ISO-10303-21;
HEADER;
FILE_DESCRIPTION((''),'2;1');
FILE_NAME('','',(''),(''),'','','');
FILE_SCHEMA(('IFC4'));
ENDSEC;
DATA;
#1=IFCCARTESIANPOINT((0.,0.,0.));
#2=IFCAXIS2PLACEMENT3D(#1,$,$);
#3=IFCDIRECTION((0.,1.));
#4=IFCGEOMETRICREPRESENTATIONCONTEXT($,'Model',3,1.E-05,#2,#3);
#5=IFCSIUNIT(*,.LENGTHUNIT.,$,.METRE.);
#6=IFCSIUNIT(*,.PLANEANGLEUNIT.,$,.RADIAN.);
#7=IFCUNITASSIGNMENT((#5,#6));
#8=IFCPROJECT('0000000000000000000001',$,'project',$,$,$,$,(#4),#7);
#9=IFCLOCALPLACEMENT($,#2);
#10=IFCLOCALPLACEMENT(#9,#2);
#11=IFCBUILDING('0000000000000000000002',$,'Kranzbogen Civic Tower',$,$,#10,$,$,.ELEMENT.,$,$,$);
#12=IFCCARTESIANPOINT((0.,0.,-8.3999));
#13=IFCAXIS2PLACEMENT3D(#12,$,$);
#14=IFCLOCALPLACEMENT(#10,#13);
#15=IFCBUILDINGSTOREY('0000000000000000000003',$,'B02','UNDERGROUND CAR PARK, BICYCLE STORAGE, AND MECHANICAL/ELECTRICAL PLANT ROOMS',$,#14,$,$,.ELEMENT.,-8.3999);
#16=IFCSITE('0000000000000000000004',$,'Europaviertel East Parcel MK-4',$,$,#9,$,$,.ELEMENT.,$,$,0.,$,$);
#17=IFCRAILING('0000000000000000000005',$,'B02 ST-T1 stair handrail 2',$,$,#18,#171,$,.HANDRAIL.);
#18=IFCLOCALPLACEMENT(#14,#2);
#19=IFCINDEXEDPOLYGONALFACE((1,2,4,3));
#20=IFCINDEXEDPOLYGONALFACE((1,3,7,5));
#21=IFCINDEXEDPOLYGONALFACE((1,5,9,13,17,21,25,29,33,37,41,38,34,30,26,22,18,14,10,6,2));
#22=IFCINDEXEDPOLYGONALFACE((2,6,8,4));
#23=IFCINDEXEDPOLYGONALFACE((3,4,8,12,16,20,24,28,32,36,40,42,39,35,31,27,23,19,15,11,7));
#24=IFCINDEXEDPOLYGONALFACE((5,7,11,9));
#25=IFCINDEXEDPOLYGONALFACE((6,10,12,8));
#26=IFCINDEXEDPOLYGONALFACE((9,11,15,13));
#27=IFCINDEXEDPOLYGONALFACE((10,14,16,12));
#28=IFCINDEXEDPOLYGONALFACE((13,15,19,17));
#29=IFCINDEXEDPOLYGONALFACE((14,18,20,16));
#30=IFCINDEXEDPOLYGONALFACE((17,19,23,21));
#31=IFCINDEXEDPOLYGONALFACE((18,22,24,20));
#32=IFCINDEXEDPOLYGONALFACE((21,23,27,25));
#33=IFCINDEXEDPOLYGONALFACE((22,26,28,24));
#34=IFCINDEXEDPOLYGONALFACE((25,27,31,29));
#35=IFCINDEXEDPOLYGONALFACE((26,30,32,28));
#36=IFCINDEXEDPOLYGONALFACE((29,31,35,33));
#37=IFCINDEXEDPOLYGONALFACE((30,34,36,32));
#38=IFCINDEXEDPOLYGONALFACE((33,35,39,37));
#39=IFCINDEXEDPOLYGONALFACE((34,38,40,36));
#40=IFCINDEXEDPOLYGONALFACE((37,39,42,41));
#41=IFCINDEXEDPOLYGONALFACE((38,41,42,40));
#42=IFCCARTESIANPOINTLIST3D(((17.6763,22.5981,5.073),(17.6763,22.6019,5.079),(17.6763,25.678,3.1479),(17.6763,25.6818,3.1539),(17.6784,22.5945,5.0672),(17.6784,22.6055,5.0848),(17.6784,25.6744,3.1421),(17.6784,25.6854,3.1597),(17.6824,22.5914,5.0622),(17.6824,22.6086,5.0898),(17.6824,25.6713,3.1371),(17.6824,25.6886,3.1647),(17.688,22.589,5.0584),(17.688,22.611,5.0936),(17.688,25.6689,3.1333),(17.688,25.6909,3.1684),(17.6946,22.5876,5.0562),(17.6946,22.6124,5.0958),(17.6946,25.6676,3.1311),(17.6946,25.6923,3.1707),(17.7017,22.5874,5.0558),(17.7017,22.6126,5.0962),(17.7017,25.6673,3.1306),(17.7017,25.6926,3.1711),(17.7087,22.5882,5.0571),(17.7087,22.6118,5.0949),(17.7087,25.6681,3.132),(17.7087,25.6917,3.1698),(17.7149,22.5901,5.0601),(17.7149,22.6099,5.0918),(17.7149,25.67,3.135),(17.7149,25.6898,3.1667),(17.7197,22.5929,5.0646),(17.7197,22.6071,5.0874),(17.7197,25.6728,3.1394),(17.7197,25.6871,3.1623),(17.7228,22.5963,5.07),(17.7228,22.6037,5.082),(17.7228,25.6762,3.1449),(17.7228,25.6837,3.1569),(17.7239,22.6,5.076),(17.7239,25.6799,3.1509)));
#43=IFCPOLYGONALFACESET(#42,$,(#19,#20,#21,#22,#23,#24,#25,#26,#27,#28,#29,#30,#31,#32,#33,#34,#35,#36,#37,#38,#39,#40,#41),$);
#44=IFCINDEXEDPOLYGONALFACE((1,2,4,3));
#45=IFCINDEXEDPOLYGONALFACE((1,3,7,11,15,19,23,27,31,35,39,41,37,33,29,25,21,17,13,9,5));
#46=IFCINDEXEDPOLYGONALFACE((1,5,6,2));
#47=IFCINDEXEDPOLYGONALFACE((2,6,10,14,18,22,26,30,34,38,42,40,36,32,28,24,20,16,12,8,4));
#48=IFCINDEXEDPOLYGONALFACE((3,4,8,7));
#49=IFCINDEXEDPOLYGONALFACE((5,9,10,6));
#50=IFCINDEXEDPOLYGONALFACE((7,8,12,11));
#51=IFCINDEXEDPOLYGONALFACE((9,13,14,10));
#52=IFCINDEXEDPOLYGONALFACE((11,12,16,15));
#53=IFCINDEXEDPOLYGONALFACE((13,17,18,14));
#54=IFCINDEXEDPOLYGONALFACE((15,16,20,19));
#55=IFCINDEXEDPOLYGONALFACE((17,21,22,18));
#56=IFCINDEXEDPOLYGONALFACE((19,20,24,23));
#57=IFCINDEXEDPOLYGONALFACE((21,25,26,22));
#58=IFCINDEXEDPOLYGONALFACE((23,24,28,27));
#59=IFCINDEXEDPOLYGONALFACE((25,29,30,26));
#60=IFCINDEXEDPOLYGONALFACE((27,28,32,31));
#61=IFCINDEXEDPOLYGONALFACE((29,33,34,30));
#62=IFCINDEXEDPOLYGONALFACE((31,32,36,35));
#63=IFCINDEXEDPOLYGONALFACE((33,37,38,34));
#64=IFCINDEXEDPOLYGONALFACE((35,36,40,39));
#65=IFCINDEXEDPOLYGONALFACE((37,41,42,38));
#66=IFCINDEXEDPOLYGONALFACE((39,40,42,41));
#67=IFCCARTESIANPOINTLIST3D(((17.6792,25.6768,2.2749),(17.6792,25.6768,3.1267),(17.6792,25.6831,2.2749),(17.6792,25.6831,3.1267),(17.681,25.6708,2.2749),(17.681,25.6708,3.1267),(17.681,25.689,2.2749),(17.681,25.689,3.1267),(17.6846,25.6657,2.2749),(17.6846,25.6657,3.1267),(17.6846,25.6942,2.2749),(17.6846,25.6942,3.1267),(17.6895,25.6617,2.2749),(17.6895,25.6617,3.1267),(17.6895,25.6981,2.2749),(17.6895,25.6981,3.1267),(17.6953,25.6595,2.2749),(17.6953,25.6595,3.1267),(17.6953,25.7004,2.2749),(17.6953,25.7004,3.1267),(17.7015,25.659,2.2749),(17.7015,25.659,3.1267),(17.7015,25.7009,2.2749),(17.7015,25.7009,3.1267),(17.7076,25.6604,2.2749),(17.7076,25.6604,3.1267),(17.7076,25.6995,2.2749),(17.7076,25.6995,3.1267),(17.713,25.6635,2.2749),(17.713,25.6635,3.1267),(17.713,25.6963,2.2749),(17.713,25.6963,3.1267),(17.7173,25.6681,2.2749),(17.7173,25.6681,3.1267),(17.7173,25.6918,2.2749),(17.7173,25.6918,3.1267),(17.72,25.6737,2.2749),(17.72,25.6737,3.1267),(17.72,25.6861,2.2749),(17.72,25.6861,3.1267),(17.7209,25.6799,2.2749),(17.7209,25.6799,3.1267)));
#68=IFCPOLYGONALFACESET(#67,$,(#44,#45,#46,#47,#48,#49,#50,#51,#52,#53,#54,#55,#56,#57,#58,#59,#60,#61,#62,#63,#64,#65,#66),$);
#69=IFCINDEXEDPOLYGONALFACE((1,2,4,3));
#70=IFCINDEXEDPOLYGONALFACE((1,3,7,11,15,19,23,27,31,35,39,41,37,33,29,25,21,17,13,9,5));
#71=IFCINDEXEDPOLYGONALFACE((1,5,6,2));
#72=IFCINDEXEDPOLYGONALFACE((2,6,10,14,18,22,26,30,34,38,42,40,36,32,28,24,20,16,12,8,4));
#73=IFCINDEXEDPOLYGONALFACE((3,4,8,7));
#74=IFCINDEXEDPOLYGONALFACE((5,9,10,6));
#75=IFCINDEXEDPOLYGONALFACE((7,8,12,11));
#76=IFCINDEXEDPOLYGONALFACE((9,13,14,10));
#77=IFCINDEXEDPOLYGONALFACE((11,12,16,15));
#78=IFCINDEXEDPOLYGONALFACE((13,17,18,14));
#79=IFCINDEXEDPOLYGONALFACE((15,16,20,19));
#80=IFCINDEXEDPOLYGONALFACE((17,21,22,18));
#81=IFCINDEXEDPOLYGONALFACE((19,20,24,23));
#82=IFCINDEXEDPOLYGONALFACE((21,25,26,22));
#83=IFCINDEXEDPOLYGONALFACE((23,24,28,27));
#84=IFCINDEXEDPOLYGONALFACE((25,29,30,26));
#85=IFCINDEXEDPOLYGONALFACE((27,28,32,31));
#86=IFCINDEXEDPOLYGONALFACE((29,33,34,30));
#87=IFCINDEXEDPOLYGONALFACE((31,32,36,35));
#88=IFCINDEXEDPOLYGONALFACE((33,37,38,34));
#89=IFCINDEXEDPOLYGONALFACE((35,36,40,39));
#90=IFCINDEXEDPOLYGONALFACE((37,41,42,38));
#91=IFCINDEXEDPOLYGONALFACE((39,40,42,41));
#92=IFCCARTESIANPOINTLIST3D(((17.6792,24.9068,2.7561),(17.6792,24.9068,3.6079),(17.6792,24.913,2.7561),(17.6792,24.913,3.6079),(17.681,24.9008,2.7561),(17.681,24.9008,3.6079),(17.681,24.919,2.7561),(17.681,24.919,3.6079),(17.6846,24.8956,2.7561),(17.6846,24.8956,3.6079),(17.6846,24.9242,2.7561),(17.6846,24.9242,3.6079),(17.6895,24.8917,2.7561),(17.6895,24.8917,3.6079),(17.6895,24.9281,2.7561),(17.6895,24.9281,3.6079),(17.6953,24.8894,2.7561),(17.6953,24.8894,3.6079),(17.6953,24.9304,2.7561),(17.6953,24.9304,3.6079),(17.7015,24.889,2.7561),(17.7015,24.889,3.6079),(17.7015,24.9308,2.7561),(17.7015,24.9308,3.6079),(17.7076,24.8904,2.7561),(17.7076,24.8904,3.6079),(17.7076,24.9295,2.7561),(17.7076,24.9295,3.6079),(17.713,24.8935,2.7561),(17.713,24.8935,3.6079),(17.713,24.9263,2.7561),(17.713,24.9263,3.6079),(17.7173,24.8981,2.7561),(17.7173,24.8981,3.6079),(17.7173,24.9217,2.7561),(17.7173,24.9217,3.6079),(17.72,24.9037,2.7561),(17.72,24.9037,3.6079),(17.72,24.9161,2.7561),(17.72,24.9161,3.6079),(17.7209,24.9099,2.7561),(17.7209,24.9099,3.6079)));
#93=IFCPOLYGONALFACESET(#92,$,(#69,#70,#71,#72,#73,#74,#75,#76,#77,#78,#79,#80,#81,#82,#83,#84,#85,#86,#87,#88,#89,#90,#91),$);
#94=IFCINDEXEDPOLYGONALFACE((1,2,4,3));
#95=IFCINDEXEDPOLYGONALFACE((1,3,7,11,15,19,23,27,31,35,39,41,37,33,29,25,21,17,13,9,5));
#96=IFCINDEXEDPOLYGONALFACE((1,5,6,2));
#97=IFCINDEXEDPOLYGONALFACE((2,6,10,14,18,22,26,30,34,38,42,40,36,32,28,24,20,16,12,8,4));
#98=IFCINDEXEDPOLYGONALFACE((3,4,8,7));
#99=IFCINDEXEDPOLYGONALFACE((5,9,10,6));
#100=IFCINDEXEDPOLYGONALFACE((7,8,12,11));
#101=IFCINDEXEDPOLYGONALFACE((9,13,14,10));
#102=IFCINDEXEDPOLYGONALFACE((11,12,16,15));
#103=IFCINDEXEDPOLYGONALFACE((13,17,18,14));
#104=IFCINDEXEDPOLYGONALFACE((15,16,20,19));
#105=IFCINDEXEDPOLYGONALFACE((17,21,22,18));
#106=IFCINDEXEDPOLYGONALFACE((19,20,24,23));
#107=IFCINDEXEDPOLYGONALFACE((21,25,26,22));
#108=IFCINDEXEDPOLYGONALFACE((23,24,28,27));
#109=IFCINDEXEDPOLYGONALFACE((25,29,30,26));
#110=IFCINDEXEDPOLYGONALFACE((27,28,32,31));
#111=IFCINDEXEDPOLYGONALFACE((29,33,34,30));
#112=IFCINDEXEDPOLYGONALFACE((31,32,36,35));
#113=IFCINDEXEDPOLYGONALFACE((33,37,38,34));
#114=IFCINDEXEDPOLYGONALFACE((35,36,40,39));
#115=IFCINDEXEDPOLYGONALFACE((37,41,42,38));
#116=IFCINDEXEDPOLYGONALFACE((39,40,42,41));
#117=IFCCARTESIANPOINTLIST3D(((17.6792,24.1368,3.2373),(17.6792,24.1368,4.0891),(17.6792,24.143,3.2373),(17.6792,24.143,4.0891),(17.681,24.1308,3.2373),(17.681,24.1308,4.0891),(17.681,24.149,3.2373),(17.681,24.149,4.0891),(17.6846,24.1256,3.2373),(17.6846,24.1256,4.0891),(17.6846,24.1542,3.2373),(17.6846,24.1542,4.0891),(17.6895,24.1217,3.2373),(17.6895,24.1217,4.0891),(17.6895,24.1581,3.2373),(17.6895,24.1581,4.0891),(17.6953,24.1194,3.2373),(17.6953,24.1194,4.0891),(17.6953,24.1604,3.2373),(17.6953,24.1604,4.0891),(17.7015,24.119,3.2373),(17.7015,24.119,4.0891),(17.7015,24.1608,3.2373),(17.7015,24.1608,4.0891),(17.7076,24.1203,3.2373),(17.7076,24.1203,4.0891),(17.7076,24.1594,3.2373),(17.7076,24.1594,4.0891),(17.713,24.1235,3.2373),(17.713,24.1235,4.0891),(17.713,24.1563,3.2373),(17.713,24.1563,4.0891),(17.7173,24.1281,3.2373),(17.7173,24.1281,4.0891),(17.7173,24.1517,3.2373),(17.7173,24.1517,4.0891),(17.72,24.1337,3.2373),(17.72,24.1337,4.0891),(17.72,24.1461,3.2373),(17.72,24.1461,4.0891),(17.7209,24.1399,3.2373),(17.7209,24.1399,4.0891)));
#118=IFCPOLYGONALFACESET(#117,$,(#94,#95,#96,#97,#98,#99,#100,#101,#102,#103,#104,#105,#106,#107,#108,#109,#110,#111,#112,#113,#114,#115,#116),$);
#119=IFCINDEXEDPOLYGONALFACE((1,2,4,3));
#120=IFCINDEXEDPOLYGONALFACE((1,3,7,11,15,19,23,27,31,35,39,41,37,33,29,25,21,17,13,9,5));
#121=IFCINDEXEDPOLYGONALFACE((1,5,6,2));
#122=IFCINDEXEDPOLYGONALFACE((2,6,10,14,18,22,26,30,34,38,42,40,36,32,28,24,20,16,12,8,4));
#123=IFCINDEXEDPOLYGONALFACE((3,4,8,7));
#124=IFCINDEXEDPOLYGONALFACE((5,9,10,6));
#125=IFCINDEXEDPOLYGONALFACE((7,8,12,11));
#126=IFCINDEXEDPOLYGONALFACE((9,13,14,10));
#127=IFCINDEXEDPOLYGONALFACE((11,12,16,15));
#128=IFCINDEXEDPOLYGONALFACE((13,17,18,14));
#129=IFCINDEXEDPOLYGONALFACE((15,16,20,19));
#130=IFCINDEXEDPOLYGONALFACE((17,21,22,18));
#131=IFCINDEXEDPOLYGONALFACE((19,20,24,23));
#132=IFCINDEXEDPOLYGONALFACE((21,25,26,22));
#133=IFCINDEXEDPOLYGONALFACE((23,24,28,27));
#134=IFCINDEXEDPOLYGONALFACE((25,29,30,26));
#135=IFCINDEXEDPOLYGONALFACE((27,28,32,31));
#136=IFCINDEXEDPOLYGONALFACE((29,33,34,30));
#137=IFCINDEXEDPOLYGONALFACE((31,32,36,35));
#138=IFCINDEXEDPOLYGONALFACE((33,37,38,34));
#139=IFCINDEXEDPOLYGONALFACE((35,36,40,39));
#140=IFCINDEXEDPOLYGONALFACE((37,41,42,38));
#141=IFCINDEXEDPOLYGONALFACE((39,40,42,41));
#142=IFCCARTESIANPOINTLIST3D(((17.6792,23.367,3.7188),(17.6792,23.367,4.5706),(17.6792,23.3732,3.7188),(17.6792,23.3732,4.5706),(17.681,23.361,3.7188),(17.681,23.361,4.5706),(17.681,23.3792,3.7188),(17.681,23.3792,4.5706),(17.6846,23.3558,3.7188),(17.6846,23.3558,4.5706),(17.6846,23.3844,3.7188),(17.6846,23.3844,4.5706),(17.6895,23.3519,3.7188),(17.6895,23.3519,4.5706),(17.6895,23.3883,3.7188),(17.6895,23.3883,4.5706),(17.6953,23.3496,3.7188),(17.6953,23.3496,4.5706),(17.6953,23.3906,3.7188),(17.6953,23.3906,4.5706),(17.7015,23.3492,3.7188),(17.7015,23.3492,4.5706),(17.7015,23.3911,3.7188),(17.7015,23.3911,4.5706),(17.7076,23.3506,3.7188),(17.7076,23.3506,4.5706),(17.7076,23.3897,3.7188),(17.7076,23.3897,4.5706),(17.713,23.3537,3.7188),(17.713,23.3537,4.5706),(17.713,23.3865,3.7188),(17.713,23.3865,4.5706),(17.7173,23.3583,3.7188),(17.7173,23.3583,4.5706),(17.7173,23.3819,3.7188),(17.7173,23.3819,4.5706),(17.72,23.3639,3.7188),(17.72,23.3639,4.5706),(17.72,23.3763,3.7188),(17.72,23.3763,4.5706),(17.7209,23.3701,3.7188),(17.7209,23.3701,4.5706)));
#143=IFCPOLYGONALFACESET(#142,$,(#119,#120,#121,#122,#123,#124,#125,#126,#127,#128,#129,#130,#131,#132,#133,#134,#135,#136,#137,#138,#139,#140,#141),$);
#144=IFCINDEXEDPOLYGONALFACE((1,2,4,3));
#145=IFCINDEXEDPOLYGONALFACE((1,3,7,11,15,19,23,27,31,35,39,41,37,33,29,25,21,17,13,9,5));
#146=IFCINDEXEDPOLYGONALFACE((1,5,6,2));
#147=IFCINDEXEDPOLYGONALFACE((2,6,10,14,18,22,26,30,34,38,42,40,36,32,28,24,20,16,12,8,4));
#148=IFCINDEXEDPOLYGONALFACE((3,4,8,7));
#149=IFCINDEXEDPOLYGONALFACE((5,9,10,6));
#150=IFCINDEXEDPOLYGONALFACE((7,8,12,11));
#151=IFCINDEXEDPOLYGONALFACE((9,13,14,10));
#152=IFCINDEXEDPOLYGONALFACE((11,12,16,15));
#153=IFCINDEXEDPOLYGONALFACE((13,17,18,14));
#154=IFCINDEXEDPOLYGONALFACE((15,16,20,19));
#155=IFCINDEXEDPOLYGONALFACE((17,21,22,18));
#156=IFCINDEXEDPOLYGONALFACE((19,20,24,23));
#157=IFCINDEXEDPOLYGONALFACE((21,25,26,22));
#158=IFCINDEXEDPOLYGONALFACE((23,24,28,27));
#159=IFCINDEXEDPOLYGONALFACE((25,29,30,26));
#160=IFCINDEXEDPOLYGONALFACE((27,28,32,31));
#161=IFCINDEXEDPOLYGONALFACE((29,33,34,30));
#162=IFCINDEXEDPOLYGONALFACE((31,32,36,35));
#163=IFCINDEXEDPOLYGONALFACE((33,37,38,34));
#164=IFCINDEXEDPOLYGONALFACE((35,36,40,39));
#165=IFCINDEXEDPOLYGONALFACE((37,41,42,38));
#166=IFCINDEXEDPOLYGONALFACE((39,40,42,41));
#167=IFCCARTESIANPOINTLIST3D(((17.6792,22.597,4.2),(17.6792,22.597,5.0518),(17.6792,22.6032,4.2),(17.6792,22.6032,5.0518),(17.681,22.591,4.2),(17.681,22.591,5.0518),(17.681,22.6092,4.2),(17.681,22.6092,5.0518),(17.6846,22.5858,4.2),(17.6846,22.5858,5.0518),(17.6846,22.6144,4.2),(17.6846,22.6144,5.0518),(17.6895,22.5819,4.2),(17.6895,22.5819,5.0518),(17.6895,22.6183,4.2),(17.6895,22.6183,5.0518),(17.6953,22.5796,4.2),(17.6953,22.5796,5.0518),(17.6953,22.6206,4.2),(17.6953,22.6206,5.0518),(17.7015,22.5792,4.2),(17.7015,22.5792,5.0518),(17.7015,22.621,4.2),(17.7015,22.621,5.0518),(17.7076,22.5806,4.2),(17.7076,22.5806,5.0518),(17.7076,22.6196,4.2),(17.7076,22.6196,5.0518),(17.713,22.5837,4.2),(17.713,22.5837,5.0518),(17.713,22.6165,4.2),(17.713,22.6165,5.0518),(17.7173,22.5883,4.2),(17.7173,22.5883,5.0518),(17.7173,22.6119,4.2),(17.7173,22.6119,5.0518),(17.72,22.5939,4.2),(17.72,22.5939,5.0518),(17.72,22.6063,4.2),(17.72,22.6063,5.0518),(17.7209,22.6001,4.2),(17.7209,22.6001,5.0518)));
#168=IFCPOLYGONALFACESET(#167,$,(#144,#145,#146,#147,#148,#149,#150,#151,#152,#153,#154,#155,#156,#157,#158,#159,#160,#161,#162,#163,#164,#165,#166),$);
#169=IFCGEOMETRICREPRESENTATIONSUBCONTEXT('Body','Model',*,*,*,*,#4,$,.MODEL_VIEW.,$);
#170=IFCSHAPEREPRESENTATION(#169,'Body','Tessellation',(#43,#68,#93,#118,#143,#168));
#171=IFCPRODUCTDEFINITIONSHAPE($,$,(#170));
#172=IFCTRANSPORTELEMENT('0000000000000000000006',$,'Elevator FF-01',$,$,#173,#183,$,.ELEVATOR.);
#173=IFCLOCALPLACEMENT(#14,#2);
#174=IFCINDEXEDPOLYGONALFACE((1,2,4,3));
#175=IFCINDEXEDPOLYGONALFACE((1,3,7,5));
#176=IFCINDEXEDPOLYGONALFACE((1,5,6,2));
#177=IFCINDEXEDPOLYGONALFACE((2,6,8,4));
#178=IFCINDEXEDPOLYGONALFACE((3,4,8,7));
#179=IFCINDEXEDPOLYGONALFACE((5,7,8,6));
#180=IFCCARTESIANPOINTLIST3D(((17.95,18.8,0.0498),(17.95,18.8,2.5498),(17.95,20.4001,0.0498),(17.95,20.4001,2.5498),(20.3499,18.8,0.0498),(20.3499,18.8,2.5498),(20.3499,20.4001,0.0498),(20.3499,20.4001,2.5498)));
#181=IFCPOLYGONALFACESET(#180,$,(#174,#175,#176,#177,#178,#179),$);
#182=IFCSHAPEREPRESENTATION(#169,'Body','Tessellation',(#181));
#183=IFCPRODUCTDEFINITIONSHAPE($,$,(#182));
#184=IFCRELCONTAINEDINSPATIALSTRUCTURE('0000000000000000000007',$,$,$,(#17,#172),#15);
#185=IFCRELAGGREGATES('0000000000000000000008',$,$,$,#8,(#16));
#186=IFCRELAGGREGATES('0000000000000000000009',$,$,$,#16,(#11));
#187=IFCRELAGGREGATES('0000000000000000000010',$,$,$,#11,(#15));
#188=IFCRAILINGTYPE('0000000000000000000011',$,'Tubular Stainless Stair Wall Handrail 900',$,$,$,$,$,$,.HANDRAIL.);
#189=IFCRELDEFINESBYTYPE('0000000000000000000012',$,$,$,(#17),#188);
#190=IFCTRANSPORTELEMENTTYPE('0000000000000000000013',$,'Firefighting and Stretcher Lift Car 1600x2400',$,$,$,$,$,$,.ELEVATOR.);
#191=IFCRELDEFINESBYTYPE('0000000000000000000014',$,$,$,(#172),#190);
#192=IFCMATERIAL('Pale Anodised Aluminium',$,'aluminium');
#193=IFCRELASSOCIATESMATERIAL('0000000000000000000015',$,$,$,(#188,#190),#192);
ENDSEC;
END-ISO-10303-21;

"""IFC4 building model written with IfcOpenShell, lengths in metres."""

from ifc_helpers import new_model, si_unit, direction, frame, origin, origin_2d, place, context, subcontext, project, spatial, rectangle, circle, extrude, material, type_object, element, save


model = new_model("IFC4")

# Units and contexts
model_context = context("Model", 3, precision=1e-05, world=origin(), true_north=direction((0.0, 1.0)))
body_context = subcontext(model_context, "Body", "Model", "MODEL_VIEW")
ifc_project = project(units=[si_unit("LENGTHUNIT", "METRE"), si_unit("PLANEANGLEUNIT", "RADIAN")], contexts=[model_context])

# Site, building, storey
site_placement = place(None, origin())
site = spatial("IfcSite", under=ifc_project, at=site_placement, Name="Europaviertel East Parcel MK-4", CompositionType="ELEMENT", RefElevation=0.0)
building_placement = place(site_placement, origin())
building = spatial("IfcBuilding", under=site, at=building_placement, Name="Kranzbogen Civic Tower", CompositionType="ELEMENT")
storey_placement = place(building_placement, frame((0.0, 0.0, -8.3999)))
storey = spatial("IfcBuildingStorey", under=building, at=storey_placement, Name="B02", Description="UNDERGROUND CAR PARK, BICYCLE STORAGE, AND MECHANICAL/ELECTRICAL PLANT ROOMS", CompositionType="ELEMENT", Elevation=-8.3999)

# Shared definitions
ifc_material_1 = material(Name="Pale Anodised Aluminium", Category="aluminium")

# Railing
railing_type_1 = type_object("IfcRailingType", Name="Tubular Stainless Stair Wall Handrail 900", PredefinedType="HANDRAIL", material=ifc_material_1)
railing_1_placement = place(storey_placement, frame((17.7, 25.6799, 2.2749)))
element("IfcRailing", 1, at=railing_1_placement, inside=storey, type_object=railing_type_1, Name="B02 ST-T1 stair handrail 2", PredefinedType="HANDRAIL", context=body_context, shape_type="SweptSolid", body=[
    extrude(circle(Radius=0.0239, at=origin_2d()), frame((0.0, 0.0, 0.876), z_axis=(0.0, -0.847979, 0.530029), x_axis=(1.0, 0.0, 0.0)), (0.0, 0.0, 1.0), 3.6321),
    extrude(circle(Radius=0.021, at=origin_2d()), origin(), (0.0, 0.0, 1.0), 0.8518),
    extrude(circle(Radius=0.021, at=origin_2d()), frame((0.0, -0.77, 0.4812)), (0.0, 0.0, 1.0), 0.8518),
    extrude(circle(Radius=0.021, at=origin_2d()), frame((0.0, -1.54, 0.9624)), (0.0, 0.0, 1.0), 0.8518),
    extrude(circle(Radius=0.021, at=origin_2d()), frame((0.0, -2.3098, 1.4438)), (0.0, 0.0, 1.0), 0.8518),
    extrude(circle(Radius=0.021, at=origin_2d()), frame((0.0, -3.0798, 1.925)), (0.0, 0.0, 1.0), 0.8518),
])

# Transport element
transport_element_type = type_object("IfcTransportElementType", Name="Firefighting and Stretcher Lift Car 1600x2400", PredefinedType="ELEVATOR", material=ifc_material_1)
transport_element_placement = place(storey_placement, frame((19.1499, 19.6001, 0.0498), z_axis=(0.0, 0.0, 1.0), x_axis=(1.0, 0.0, 0.0)))
element("IfcTransportElement", 2, at=transport_element_placement, inside=storey, type_object=transport_element_type, Name="Elevator FF-01", PredefinedType="ELEVATOR", context=body_context, shape_type="SweptSolid", body=[
    extrude(rectangle(XDim=2.3999, YDim=1.6001, at=origin_2d()), origin(), (0.0, 0.0, 1.0), 2.5),
])

save(model, "model.ifc")
